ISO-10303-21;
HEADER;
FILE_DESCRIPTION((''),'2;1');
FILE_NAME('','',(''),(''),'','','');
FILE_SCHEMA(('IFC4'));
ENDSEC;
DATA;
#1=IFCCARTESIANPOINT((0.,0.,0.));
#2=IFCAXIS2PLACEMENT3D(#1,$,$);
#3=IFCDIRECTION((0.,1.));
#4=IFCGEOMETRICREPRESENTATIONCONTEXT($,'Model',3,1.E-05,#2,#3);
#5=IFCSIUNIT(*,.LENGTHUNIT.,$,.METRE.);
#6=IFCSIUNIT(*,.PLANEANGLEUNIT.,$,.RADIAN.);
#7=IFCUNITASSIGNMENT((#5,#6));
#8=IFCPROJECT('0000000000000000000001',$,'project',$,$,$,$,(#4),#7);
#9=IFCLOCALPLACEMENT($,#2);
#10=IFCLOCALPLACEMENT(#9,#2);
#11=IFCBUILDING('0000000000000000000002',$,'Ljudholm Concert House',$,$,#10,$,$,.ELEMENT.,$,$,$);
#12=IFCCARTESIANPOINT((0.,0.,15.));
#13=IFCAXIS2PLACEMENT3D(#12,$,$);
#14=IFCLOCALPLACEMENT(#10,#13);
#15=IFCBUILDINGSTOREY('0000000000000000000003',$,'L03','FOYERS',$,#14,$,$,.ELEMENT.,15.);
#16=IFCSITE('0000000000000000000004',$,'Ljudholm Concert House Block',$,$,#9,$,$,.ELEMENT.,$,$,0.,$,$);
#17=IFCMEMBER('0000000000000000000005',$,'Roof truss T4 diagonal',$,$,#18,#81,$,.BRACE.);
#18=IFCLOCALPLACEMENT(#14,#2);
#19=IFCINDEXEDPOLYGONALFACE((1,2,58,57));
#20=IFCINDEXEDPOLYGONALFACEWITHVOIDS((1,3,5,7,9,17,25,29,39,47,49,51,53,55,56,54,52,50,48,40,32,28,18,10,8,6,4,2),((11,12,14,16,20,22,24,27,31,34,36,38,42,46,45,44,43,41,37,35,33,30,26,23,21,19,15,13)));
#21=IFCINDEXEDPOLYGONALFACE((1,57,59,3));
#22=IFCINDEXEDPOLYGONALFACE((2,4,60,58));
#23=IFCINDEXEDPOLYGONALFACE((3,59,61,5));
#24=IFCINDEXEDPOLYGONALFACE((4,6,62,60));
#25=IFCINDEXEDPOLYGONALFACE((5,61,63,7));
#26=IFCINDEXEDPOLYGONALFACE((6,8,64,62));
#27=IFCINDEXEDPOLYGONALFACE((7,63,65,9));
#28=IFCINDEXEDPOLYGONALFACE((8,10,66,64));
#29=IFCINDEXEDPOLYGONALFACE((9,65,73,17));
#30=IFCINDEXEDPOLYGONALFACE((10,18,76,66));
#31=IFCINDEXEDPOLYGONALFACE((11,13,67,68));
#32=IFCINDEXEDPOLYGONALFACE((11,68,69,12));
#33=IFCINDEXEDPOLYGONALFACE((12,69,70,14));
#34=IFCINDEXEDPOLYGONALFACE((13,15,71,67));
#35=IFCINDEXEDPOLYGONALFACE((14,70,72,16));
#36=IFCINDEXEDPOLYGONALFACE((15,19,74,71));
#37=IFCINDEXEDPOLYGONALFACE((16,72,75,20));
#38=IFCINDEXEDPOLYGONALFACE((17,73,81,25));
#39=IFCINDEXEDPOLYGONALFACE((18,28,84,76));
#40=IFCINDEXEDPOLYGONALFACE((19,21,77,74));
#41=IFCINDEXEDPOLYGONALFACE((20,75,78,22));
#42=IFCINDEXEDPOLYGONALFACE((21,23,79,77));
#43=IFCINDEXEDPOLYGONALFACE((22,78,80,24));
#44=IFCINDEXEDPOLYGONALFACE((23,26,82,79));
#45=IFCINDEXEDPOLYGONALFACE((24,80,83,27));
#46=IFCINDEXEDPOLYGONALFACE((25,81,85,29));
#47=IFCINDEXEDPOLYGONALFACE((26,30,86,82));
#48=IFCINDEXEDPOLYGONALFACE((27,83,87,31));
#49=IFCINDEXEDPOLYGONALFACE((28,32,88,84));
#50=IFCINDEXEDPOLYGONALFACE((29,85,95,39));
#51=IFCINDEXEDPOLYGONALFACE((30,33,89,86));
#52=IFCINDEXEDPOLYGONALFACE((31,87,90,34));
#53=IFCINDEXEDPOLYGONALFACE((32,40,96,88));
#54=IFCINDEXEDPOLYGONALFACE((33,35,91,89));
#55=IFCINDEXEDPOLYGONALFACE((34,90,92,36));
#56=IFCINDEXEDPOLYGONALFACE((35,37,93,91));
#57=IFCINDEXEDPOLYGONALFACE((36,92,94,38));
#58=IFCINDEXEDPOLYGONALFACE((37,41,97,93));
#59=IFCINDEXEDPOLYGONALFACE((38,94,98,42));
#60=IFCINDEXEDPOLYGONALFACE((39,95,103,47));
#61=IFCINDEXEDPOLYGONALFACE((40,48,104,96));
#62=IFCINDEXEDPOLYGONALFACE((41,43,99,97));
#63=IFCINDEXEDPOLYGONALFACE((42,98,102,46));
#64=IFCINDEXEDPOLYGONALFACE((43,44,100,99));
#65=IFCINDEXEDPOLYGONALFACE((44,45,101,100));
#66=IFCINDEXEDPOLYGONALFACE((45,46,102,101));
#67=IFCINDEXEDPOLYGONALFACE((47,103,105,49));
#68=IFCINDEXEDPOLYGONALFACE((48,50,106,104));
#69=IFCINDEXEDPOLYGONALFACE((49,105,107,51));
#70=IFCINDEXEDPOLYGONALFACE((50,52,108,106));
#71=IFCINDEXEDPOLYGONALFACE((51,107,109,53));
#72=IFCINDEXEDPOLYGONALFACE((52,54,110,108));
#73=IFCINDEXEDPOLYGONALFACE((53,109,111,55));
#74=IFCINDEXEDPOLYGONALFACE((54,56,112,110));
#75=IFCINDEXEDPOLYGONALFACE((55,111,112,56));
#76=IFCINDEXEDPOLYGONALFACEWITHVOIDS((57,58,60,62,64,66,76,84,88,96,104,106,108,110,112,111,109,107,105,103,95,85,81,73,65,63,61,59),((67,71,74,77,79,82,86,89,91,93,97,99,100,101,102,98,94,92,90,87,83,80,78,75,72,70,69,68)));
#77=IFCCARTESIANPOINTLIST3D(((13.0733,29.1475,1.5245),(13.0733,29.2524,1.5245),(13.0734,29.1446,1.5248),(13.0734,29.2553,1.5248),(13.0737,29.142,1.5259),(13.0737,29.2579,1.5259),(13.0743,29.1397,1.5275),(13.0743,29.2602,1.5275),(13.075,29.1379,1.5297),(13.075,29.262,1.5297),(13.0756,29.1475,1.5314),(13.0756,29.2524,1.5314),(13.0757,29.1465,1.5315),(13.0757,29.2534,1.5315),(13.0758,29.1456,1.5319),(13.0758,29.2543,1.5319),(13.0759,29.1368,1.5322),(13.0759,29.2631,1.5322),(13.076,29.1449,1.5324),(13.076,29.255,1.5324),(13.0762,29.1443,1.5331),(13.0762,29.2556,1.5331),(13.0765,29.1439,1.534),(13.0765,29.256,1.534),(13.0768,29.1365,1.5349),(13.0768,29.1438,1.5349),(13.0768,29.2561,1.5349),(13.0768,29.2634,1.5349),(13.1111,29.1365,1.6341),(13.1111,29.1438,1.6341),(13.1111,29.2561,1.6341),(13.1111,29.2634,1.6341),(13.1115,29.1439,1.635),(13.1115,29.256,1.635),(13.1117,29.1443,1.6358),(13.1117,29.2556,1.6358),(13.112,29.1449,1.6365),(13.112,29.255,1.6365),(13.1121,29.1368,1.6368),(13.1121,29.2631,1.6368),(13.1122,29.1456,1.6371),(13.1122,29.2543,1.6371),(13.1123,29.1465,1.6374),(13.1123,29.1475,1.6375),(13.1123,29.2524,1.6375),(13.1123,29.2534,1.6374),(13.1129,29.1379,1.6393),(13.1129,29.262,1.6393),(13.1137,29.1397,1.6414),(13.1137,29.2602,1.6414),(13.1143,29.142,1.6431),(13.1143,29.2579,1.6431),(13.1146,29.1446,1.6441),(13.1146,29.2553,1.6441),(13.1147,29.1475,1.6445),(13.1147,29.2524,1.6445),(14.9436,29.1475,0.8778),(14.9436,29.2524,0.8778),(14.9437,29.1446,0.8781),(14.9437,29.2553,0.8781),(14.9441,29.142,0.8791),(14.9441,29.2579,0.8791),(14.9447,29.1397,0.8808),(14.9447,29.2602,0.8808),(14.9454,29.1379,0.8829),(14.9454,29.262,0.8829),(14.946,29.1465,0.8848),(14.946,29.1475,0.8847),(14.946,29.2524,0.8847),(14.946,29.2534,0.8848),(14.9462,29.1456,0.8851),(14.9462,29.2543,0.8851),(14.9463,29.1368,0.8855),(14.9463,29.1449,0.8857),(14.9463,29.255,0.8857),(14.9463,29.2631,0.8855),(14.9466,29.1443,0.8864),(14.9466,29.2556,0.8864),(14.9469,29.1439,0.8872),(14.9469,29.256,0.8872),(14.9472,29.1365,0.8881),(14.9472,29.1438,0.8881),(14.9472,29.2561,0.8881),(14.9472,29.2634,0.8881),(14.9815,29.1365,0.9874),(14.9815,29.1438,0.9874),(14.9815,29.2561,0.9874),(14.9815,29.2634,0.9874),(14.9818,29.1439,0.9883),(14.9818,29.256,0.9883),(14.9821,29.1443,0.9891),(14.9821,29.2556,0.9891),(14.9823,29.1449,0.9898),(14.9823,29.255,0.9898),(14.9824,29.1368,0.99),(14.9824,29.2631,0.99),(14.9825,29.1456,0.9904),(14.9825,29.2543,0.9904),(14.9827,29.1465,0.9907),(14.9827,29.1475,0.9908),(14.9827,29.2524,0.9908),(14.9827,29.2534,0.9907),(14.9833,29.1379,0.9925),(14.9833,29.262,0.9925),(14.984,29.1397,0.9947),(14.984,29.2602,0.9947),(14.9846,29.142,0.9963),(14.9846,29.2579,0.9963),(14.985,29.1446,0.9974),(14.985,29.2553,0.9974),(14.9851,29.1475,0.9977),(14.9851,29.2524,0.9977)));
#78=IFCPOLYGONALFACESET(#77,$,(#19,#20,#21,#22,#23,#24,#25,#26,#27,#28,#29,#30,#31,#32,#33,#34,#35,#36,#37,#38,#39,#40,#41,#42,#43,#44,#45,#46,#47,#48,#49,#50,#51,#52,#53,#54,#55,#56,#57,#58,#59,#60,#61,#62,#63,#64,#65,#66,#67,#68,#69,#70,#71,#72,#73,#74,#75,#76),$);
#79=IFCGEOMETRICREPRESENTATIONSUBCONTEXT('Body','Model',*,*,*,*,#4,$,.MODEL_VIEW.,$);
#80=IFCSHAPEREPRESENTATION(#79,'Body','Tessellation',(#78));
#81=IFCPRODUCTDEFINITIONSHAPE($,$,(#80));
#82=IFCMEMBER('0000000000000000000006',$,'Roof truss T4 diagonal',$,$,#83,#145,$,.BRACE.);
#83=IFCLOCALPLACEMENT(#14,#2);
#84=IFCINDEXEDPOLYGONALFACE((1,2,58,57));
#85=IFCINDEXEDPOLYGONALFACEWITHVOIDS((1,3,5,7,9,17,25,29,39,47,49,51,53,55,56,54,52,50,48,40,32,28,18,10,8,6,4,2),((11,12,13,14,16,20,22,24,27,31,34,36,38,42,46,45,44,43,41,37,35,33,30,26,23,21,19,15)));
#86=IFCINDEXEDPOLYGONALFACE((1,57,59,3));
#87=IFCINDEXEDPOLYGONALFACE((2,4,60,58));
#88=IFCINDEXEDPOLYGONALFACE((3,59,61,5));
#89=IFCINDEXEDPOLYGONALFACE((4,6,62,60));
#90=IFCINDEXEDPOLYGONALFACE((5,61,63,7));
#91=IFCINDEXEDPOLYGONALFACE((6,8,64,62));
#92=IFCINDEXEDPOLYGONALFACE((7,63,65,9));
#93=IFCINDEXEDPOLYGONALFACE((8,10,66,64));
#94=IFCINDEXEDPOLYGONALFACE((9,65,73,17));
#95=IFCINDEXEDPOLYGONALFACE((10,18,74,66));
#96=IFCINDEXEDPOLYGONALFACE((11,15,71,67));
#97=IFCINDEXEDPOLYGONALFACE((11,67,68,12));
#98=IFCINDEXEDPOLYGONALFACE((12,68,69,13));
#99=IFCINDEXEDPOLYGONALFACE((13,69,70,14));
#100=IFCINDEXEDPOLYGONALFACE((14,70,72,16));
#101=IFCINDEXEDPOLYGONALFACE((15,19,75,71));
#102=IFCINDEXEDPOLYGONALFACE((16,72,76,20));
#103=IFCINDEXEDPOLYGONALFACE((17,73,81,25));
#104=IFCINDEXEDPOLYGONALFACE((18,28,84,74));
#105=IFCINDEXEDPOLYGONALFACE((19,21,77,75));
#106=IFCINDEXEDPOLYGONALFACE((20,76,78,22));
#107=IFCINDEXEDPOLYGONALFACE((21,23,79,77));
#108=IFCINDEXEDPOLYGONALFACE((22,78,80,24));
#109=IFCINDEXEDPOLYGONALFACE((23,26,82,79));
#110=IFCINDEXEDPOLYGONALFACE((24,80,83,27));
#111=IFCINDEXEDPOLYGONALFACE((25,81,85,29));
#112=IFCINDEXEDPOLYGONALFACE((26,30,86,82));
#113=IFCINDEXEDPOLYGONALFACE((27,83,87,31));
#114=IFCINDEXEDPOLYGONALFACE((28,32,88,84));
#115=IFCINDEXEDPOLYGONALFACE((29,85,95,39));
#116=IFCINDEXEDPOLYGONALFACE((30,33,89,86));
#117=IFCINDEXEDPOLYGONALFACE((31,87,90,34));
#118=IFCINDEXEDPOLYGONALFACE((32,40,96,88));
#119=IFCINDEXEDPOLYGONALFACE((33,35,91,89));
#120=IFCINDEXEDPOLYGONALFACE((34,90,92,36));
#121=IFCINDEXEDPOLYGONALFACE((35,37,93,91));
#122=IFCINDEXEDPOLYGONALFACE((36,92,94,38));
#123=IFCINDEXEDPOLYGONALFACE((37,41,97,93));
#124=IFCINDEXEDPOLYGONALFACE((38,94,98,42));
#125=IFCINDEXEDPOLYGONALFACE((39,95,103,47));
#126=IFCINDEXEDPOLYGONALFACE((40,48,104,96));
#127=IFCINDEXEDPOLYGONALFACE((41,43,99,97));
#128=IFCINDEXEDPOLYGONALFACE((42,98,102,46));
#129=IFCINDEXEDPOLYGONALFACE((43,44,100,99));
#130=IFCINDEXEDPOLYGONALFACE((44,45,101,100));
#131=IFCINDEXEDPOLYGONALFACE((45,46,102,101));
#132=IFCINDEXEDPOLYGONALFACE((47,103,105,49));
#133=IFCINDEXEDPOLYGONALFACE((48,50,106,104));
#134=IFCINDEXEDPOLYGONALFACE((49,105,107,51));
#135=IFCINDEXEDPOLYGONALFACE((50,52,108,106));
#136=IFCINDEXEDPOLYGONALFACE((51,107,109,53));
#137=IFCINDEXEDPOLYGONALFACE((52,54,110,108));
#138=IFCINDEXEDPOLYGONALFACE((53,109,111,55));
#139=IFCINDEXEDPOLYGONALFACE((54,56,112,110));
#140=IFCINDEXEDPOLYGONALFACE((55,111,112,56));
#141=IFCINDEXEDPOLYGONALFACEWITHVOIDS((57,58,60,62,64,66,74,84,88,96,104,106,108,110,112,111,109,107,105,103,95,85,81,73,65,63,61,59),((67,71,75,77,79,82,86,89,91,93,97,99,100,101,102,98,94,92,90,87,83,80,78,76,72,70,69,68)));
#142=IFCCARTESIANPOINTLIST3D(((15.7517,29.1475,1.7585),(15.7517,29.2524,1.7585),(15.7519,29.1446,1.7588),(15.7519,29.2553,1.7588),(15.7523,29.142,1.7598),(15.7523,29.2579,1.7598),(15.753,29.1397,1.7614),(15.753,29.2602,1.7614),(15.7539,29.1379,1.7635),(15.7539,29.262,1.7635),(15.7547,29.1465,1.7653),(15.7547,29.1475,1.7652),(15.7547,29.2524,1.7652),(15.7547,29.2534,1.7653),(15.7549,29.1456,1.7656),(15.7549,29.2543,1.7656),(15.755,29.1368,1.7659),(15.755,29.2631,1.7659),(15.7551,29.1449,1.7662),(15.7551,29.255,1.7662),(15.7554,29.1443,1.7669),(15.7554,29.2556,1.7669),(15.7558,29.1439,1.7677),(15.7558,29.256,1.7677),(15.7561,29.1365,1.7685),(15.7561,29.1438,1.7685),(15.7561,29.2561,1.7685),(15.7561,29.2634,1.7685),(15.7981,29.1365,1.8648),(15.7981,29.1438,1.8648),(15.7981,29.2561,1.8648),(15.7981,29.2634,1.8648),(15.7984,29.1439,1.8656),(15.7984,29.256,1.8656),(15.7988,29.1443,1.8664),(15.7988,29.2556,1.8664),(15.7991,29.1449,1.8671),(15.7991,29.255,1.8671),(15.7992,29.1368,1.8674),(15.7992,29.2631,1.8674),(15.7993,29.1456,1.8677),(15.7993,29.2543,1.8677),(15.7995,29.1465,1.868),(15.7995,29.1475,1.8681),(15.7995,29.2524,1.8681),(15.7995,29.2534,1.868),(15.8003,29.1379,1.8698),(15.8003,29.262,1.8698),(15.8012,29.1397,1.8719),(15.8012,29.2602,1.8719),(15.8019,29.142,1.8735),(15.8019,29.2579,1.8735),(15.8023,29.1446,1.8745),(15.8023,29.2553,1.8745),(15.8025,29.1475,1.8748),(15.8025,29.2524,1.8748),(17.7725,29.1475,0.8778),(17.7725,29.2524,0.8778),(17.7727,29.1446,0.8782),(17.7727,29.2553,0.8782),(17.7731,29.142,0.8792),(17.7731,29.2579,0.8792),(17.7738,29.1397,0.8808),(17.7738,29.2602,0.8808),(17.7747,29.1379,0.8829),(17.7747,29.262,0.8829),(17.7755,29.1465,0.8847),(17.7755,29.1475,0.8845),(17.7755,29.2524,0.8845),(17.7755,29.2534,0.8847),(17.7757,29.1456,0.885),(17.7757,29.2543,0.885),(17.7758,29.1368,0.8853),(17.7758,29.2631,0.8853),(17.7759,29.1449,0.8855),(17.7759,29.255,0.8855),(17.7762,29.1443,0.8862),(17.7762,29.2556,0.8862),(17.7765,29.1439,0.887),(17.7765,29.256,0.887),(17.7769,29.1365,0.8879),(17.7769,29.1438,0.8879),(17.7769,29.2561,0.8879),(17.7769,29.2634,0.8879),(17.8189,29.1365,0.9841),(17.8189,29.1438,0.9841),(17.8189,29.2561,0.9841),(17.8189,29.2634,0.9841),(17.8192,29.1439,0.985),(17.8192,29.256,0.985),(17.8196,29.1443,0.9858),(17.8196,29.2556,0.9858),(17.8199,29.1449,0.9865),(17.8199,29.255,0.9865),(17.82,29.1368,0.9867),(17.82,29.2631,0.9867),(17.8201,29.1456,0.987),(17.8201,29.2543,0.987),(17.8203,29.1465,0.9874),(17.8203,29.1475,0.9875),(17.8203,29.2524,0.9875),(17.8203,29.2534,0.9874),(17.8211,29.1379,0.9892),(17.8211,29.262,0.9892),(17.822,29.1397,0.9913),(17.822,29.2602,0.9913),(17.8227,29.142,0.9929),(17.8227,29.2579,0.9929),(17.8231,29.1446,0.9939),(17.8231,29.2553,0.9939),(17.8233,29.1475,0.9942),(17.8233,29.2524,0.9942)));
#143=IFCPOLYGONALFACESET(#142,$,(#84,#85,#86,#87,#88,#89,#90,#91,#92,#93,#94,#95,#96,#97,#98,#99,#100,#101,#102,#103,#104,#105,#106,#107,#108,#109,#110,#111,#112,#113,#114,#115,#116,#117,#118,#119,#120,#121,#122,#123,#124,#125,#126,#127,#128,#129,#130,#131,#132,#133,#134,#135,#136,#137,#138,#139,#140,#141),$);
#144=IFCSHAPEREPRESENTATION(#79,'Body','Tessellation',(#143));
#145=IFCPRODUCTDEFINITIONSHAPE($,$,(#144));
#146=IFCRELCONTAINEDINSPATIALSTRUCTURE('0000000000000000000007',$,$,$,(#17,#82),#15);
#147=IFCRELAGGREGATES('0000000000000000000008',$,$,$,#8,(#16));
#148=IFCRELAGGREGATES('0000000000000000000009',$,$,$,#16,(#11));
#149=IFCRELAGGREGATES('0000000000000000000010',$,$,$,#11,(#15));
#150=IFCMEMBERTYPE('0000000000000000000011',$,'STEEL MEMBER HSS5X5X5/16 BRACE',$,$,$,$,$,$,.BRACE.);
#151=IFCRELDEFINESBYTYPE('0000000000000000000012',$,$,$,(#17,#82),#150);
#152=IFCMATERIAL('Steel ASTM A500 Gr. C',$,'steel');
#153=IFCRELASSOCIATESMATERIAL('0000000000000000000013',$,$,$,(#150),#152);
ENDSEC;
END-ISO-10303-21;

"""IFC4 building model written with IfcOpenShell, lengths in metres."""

from ifc_helpers import new_model, si_unit, direction, frame, origin, origin_2d, place, context, subcontext, project, spatial, hollow_rectangle, extrude, material, material_profile, profile_set, type_object, element, save


model = new_model("IFC4")

# Units and contexts
model_context = context("Model", 3, precision=1e-05, world=origin(), true_north=direction((0.0, 1.0)))
body_context = subcontext(model_context, "Body", "Model", "MODEL_VIEW")
ifc_project = project(units=[si_unit("LENGTHUNIT", "METRE"), si_unit("PLANEANGLEUNIT", "RADIAN")], contexts=[model_context])

# Site, building, storey
site_placement = place(None, origin())
site = spatial("IfcSite", under=ifc_project, at=site_placement, Name="Ljudholm Concert House Block", CompositionType="ELEMENT", RefElevation=0.0)
building_placement = place(site_placement, origin())
building = spatial("IfcBuilding", under=site, at=building_placement, Name="Ljudholm Concert House", CompositionType="ELEMENT")
storey_placement = place(building_placement, frame((0.0, 0.0, 15.0)))
storey = spatial("IfcBuildingStorey", under=building, at=storey_placement, Name="L03", Description="FOYERS", CompositionType="ELEMENT", Elevation=15.0)

# Members
ifc_material_1 = material(Name="Steel ASTM A500 Gr. C", Category="steel")
ifc_material_profile_1 = material_profile(ifc_material_1, hollow_rectangle(XDim=0.127, YDim=0.127, WallThickness=0.0073, InnerFilletRadius=0.0037, OuterFilletRadius=0.011, at=origin_2d()), Name="HSS5X5X5/16")
ifc_profile_set_1 = profile_set([ifc_material_profile_1], Name="Steel ASTM A500 Gr. C")
member_type_1 = type_object("IfcMemberType", Name="STEEL MEMBER HSS5X5X5/16 BRACE", PredefinedType="BRACE", material=ifc_profile_set_1)
member_1_placement = place(storey_placement, frame((13.094, 29.2, 1.5845), z_axis=(0.945096, 0.0, -0.326793), x_axis=(0.0, 1.0, 0.0)))
element("IfcMember", 1, at=member_1_placement, inside=storey, type_object=member_type_1, Name="Roof truss T4 diagonal", PredefinedType="BRACE", context=body_context, shape_type="SweptSolid", body=[
    extrude(hollow_rectangle(XDim=0.127, YDim=0.127, WallThickness=0.0073, InnerFilletRadius=0.0037, OuterFilletRadius=0.011, at=origin_2d()), origin(), (0.0, 0.0, 1.0), 1.979),
])
member_2_placement = place(storey_placement, frame((15.7771, 29.2, 1.8167), z_axis=(0.916733, 0.0, -0.3995), x_axis=(0.0, 1.0, 0.0)))
element("IfcMember", 2, at=member_2_placement, inside=storey, type_object=member_type_1, Name="Roof truss T4 diagonal", PredefinedType="BRACE", context=body_context, shape_type="SweptSolid", body=[
    extrude(hollow_rectangle(XDim=0.127, YDim=0.127, WallThickness=0.0073, InnerFilletRadius=0.0037, OuterFilletRadius=0.011, at=origin_2d()), origin(), (0.0, 0.0, 1.0), 2.2043),
])

save(model, "model.ifc")
